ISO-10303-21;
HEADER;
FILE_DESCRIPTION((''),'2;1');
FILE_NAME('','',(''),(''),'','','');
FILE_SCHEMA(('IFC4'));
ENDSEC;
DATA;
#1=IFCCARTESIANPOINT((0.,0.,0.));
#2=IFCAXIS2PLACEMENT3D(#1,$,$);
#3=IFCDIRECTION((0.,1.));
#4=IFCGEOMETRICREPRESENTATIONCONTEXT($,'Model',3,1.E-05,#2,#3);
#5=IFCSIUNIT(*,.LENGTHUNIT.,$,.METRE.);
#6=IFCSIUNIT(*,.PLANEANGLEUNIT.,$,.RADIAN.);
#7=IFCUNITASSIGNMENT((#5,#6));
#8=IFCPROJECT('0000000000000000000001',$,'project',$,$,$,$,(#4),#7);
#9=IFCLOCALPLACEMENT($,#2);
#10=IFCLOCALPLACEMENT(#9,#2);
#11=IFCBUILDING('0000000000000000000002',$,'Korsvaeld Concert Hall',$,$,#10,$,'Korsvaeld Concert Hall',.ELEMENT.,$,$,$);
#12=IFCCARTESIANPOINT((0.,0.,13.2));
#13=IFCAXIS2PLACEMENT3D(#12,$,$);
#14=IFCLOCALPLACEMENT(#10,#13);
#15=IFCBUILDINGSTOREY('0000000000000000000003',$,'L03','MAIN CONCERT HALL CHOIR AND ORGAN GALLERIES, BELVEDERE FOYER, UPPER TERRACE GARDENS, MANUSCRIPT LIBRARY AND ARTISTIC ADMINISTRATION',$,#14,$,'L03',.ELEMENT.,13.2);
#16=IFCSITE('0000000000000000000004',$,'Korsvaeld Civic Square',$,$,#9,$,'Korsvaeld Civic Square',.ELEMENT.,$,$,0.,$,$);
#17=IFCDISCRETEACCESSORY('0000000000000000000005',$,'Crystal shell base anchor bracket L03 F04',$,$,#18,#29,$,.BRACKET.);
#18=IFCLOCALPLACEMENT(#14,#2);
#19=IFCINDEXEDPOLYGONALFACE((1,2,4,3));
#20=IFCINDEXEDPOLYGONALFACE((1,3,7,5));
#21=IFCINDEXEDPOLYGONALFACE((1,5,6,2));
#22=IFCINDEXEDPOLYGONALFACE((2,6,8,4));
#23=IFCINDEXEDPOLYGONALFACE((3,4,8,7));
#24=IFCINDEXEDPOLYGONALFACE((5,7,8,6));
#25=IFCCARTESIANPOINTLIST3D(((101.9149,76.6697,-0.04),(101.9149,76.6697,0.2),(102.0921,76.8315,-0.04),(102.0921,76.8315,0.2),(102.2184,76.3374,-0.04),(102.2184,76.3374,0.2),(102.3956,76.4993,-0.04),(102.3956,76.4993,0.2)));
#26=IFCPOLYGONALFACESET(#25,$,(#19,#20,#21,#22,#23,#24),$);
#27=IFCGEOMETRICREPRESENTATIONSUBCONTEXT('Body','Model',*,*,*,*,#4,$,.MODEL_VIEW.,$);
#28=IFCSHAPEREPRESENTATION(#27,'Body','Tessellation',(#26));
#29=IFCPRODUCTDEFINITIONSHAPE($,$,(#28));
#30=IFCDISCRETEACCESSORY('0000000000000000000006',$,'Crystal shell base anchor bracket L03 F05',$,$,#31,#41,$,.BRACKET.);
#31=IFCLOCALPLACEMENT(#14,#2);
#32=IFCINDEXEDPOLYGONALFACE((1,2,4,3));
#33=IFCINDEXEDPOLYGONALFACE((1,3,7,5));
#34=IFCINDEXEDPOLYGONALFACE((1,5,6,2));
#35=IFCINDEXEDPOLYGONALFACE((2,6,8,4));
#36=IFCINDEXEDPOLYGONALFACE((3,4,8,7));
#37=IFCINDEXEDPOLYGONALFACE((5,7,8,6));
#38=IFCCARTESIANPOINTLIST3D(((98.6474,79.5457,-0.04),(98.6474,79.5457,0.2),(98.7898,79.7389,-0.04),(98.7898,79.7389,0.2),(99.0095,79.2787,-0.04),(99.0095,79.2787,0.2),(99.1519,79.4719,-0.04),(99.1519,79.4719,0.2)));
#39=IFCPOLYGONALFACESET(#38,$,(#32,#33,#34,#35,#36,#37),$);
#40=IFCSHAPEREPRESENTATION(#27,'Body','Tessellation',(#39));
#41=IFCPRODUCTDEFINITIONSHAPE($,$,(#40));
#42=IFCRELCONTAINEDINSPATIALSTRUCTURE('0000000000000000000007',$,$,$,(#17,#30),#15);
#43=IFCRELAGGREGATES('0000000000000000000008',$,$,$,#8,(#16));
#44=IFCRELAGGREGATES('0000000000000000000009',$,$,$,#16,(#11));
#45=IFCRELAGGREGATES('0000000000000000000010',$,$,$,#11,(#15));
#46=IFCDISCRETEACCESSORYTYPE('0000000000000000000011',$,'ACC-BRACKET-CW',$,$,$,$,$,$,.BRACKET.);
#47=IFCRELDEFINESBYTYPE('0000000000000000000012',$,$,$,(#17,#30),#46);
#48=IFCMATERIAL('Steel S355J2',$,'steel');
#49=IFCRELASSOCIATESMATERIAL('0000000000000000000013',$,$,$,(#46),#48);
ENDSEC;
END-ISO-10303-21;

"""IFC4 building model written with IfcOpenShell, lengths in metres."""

from ifc_helpers import new_model, si_unit, direction, frame, origin, origin_2d, place, context, subcontext, project, spatial, rectangle, extrude, material, type_object, element, save


model = new_model("IFC4")

# Units and contexts
model_context = context("Model", 3, precision=1e-05, world=origin(), true_north=direction((0.0, 1.0)))
body_context = subcontext(model_context, "Body", "Model", "MODEL_VIEW")
ifc_project = project(units=[si_unit("LENGTHUNIT", "METRE"), si_unit("PLANEANGLEUNIT", "RADIAN")], contexts=[model_context])

# Site, building, storey
site_placement = place(None, origin())
site = spatial("IfcSite", under=ifc_project, at=site_placement, Name="Korsvaeld Civic Square", LongName="Korsvaeld Civic Square", CompositionType="ELEMENT", RefElevation=0.0)
building_placement = place(site_placement, origin())
building = spatial("IfcBuilding", under=site, at=building_placement, Name="Korsvaeld Concert Hall", LongName="Korsvaeld Concert Hall", CompositionType="ELEMENT")
storey_placement = place(building_placement, frame((0.0, 0.0, 13.2)))
storey = spatial("IfcBuildingStorey", under=building, at=storey_placement, Name="L03", Description="MAIN CONCERT HALL CHOIR AND ORGAN GALLERIES, BELVEDERE FOYER, UPPER TERRACE GARDENS, MANUSCRIPT LIBRARY AND ARTISTIC ADMINISTRATION", LongName="L03", CompositionType="ELEMENT", Elevation=13.2)

# Shared definitions
ifc_material_1 = material(Name="Steel S355J2", Category="steel")

# Discrete accessories
discrete_accessory_type = type_object("IfcDiscreteAccessoryType", Name="ACC-BRACKET-CW", PredefinedType="BRACKET", material=ifc_material_1)
for number, where, z_axis, x_axis, name in (
    (1, (102.1553, 76.5845, -0.04), (0.0, 0.0, 1.0), (-0.674431, 0.738338, 0.0), "Crystal shell base anchor bracket L03 F04"),
    (2, (98.8997, 79.5088, -0.04), (0.0, 0.0, 1.0), (-0.804894, 0.593419, 0.0), "Crystal shell base anchor bracket L03 F05"),
):
    element("IfcDiscreteAccessory", number, at=place(storey_placement, frame(where, z_axis=z_axis, x_axis=x_axis)), inside=storey, type_object=discrete_accessory_type, Name=name, PredefinedType="BRACKET", context=body_context, shape_type="SweptSolid", body=[
        extrude(rectangle(XDim=0.45, YDim=0.24, at=origin_2d()), origin(), (0.0, 0.0, 1.0), 0.24),
    ])

save(model, "model.ifc")
